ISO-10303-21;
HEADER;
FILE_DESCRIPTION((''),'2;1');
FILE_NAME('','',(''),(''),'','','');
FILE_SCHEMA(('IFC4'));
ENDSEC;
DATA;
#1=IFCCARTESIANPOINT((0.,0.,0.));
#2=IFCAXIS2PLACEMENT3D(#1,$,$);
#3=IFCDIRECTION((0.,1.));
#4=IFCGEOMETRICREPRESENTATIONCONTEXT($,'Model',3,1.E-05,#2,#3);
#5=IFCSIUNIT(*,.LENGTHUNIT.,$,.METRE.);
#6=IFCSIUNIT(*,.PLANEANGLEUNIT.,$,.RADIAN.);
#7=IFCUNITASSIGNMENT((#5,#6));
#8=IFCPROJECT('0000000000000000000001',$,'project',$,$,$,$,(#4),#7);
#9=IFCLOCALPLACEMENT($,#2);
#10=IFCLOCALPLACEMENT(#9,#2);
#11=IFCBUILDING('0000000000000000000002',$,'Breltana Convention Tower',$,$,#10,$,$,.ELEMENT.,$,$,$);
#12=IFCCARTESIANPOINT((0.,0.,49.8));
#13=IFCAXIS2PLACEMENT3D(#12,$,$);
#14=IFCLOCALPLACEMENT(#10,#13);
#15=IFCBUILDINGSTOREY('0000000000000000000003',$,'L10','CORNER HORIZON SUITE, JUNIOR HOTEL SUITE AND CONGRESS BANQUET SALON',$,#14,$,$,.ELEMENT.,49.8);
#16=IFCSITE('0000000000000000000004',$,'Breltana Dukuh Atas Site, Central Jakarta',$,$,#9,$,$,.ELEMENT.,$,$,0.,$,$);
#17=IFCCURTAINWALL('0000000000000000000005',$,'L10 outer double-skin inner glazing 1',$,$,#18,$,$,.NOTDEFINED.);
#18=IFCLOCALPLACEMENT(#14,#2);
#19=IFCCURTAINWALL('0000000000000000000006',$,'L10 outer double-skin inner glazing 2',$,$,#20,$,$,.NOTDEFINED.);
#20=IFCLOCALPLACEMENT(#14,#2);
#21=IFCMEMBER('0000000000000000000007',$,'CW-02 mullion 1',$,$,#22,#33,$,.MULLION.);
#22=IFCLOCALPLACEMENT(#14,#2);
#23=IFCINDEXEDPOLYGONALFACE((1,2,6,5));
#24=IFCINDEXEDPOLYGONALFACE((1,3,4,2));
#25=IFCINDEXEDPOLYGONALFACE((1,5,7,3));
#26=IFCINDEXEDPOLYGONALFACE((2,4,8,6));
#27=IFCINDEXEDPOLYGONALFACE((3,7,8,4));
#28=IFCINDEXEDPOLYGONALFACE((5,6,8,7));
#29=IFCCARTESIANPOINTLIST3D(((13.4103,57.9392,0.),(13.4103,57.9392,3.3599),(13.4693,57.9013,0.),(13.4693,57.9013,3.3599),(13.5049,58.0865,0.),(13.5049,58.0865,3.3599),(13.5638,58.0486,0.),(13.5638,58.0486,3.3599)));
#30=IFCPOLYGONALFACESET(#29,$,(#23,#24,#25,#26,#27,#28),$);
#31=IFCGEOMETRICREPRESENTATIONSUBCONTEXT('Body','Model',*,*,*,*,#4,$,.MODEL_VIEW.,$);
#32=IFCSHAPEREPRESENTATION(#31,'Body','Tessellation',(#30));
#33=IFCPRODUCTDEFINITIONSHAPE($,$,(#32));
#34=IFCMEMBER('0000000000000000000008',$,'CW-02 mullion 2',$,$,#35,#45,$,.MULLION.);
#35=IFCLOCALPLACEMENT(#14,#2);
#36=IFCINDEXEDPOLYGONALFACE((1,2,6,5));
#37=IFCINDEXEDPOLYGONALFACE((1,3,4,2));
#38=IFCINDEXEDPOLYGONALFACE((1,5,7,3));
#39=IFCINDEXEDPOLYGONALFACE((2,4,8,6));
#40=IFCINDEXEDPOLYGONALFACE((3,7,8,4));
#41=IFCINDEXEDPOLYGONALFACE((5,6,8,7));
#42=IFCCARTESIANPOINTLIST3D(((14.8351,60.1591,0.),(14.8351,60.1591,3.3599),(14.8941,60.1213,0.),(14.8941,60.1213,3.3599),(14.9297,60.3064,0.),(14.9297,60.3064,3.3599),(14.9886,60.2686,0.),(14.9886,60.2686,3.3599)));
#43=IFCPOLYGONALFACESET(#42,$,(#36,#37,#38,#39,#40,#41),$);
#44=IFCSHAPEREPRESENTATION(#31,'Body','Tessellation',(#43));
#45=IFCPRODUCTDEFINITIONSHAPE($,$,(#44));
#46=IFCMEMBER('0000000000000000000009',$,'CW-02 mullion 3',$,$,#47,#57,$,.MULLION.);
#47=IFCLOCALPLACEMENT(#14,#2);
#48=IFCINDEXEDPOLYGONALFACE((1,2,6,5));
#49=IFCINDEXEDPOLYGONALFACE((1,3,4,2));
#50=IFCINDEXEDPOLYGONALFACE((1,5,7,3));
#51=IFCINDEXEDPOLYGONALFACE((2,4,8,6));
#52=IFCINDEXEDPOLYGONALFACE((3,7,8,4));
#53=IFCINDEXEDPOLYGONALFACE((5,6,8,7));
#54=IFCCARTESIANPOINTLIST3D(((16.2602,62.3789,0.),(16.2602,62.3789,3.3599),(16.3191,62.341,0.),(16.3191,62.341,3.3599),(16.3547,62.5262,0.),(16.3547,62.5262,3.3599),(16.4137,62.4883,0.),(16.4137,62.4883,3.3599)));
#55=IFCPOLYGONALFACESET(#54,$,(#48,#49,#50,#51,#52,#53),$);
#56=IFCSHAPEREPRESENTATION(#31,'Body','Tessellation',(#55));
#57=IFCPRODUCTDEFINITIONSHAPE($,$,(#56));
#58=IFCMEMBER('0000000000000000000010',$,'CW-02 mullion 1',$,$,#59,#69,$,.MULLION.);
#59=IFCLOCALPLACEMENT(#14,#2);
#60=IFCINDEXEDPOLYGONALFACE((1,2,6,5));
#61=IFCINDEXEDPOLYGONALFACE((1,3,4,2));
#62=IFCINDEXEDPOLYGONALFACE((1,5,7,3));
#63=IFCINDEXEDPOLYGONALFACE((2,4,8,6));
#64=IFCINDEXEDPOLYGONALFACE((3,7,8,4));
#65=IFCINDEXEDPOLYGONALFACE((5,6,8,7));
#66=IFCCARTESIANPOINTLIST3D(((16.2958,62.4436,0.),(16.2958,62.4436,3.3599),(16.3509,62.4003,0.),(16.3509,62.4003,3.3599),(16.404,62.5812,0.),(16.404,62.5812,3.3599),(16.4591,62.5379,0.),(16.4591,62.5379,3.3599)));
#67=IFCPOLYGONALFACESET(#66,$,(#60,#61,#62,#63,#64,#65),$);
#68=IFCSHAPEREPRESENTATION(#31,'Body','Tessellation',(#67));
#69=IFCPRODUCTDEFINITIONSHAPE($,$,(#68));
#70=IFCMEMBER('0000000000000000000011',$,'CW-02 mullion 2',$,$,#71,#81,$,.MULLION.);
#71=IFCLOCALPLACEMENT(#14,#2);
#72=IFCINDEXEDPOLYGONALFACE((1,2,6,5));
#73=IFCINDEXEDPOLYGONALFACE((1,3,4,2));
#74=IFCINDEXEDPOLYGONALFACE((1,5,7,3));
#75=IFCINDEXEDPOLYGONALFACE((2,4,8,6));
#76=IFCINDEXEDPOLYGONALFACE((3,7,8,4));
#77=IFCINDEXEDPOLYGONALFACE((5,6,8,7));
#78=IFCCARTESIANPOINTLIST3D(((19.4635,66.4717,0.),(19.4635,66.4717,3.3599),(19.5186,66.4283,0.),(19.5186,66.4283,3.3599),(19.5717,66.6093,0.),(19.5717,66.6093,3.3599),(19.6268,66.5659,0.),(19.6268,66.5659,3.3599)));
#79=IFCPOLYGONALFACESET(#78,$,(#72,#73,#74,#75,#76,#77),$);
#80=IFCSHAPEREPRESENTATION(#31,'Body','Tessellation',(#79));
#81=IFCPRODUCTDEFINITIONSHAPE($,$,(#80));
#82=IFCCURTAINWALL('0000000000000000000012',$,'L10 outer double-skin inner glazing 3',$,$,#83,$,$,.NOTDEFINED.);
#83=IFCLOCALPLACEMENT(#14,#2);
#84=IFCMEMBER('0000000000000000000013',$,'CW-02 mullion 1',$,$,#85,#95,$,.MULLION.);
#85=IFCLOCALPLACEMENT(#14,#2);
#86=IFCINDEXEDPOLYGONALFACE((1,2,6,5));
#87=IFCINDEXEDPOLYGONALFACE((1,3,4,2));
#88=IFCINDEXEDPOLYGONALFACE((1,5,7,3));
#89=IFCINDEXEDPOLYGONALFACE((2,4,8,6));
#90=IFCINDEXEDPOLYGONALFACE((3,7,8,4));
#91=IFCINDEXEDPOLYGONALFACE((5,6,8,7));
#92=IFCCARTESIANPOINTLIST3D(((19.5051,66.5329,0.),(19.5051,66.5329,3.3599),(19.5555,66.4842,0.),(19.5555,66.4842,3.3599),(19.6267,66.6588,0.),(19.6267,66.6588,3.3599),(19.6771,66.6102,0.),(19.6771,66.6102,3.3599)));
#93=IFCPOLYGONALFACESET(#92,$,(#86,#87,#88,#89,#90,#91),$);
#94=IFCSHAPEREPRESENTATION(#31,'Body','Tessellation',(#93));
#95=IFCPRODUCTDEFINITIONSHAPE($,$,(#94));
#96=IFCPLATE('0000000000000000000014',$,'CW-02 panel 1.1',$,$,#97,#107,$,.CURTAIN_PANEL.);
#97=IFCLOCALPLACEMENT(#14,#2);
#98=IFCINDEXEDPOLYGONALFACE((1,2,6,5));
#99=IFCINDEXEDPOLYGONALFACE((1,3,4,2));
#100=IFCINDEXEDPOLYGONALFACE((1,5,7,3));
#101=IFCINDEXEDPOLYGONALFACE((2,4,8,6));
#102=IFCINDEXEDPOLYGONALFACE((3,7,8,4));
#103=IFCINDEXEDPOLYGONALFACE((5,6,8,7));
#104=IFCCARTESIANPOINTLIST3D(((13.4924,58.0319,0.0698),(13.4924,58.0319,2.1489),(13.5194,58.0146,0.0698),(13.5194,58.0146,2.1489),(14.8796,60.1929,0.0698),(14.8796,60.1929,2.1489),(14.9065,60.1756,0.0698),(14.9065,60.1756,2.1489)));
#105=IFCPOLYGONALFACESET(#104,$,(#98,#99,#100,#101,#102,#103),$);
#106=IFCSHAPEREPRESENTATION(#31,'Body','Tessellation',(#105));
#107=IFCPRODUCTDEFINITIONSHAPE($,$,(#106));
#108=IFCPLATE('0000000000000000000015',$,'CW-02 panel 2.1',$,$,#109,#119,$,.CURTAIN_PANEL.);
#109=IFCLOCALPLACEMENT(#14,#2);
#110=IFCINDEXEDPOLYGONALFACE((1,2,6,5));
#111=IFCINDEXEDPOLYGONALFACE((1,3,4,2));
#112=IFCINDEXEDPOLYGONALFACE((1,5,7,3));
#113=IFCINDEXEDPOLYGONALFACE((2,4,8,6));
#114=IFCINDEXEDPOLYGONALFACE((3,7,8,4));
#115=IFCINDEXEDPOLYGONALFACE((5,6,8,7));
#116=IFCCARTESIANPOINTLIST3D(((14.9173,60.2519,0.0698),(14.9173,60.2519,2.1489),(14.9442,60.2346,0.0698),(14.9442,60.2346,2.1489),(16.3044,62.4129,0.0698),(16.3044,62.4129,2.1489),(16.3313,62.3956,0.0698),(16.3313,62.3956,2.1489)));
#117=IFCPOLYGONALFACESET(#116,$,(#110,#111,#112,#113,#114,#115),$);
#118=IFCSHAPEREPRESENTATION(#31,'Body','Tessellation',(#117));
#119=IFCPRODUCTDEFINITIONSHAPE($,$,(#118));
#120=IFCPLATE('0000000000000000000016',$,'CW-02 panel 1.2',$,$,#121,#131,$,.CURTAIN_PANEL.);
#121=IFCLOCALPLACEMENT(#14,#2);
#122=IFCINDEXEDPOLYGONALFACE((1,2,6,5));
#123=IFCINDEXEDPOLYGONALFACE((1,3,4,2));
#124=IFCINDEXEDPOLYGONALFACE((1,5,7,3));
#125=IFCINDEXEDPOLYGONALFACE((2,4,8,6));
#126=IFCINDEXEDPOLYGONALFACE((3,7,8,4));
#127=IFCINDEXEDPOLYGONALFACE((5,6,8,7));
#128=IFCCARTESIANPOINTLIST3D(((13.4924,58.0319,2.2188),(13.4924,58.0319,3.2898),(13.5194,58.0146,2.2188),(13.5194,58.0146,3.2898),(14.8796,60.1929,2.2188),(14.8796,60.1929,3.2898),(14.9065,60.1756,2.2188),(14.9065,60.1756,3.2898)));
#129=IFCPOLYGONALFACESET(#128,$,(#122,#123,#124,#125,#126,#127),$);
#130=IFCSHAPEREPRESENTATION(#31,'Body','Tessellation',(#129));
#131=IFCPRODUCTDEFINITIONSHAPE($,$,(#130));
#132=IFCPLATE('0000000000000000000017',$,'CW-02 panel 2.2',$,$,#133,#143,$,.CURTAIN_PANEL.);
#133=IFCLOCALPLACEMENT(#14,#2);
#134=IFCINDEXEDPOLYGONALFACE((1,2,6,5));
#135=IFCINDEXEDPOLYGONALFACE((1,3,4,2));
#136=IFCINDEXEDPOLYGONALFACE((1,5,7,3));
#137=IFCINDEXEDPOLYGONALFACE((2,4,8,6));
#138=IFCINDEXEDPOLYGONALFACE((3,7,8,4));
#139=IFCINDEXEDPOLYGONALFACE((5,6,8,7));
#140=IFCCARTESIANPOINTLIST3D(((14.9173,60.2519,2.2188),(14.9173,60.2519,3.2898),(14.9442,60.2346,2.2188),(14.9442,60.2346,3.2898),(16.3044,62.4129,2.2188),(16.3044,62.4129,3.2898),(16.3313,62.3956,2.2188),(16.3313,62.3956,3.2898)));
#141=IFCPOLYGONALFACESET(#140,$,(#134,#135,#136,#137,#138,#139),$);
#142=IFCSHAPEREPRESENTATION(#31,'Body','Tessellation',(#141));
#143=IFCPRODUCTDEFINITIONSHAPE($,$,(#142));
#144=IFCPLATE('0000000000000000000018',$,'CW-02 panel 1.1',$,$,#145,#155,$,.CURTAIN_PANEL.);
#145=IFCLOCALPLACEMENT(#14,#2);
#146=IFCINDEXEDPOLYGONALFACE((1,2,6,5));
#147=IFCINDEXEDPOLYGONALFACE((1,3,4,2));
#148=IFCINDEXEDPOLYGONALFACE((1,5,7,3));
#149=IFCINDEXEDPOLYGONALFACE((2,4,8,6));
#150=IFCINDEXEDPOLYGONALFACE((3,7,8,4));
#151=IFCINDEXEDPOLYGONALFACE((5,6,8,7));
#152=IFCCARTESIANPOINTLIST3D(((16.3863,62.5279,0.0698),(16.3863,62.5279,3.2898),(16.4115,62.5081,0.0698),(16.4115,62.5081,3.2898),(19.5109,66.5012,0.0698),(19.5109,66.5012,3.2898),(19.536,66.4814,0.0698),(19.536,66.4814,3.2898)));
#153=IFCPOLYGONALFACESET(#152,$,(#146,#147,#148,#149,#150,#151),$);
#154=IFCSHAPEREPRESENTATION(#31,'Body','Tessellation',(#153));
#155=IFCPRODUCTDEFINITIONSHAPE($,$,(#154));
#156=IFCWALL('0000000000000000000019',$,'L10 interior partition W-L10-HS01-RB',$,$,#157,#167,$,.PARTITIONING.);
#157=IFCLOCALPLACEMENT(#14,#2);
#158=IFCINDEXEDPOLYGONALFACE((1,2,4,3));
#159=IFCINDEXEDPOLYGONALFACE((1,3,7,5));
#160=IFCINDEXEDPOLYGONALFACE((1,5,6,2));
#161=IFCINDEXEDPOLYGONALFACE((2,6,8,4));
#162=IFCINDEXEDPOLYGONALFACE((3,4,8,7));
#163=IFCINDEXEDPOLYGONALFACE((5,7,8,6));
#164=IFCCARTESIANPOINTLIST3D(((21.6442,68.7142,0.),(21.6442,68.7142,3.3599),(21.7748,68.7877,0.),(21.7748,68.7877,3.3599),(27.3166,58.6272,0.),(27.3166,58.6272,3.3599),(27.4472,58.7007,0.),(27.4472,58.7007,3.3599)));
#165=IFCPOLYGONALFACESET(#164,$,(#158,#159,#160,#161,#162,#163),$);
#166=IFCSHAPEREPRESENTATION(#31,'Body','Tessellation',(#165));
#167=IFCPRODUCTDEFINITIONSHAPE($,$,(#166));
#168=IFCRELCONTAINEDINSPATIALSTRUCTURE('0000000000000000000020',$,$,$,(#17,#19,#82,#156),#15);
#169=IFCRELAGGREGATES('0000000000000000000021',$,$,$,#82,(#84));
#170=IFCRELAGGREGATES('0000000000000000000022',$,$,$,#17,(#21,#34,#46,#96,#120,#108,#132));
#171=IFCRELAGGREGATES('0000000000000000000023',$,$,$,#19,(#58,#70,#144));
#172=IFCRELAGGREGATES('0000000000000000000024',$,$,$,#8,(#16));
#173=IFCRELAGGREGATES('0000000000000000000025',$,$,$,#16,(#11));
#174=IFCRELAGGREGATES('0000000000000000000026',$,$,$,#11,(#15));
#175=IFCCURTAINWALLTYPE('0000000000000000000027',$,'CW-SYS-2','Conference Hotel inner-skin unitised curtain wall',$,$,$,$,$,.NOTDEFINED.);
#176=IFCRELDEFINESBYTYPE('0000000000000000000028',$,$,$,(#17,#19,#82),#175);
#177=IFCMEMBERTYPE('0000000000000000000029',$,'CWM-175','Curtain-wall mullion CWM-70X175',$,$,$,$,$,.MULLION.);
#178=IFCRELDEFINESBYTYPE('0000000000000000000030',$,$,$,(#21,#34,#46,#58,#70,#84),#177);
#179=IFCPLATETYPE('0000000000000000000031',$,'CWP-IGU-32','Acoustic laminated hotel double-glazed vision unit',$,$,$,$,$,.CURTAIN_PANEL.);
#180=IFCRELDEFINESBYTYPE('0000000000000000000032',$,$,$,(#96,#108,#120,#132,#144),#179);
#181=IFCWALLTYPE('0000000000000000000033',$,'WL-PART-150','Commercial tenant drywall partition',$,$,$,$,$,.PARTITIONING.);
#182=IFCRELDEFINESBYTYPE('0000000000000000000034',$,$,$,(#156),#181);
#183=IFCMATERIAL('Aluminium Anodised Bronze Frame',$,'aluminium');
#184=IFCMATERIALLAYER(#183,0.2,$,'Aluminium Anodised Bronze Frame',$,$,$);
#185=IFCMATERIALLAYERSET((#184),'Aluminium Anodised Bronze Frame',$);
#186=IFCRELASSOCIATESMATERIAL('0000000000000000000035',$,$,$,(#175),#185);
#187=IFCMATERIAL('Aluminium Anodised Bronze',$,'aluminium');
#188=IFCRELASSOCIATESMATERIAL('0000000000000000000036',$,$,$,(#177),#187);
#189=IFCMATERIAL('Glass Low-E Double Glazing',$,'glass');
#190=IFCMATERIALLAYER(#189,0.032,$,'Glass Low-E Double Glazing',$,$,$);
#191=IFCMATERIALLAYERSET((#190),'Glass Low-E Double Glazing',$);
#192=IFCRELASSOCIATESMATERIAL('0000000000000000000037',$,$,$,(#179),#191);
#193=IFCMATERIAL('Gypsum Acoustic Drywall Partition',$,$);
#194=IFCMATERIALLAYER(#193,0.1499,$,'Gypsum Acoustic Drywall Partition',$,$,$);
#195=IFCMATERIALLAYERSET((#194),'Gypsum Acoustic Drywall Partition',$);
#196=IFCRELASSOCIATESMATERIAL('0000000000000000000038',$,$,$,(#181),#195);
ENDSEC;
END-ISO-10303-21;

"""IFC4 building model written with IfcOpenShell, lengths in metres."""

from ifc_helpers import new_model, si_unit, direction, frame, frame_2d, origin, origin_2d, place, context, subcontext, project, spatial, rectangle, extrude, source, transform, mapped, material, layer, layer_set, material_profile, profile_set, type_object, type_shapes, element, aggregate, save


model = new_model("IFC4")

# Units and contexts
model_context = context("Model", 3, precision=1e-05, world=origin(), true_north=direction((0.0, 1.0)))
body_context = subcontext(model_context, "Body", "Model", "MODEL_VIEW")
ifc_project = project(units=[si_unit("LENGTHUNIT", "METRE"), si_unit("PLANEANGLEUNIT", "RADIAN")], contexts=[model_context])

# Site, building, storey
site_placement = place(None, origin())
site = spatial("IfcSite", under=ifc_project, at=site_placement, Name="Breltana Dukuh Atas Site, Central Jakarta", CompositionType="ELEMENT", RefElevation=0.0)
building_placement = place(site_placement, origin())
building = spatial("IfcBuilding", under=site, at=building_placement, Name="Breltana Convention Tower", CompositionType="ELEMENT")
storey_placement = place(building_placement, frame((0.0, 0.0, 49.8)))
storey = spatial("IfcBuildingStorey", under=building, at=storey_placement, Name="L10", Description="CORNER HORIZON SUITE, JUNIOR HOTEL SUITE AND CONGRESS BANQUET SALON", CompositionType="ELEMENT", Elevation=49.8)

# Curtain walls
ifc_material_1 = material(Name="Aluminium Anodised Bronze Frame", Category="aluminium")
ifc_layer_1 = layer(ifc_material_1, 0.2, Name="Aluminium Anodised Bronze Frame")
ifc_layer_set_1 = layer_set([ifc_layer_1], Name="Aluminium Anodised Bronze Frame")
curtain_wall_type = type_object("IfcCurtainWallType", Name="CW-SYS-2", Description="Conference Hotel inner-skin unitised curtain wall", PredefinedType="NOTDEFINED", material=ifc_layer_set_1)
curtain_wall_1_placement = place(storey_placement, origin())
curtain_wall_1 = element("IfcCurtainWall", 1, at=curtain_wall_1_placement, inside=storey, type_object=curtain_wall_type, Name="L10 outer double-skin inner glazing 1", PredefinedType="NOTDEFINED")
ifc_material_2 = material(Name="Aluminium Anodised Bronze", Category="aluminium")
curtain_wall_2_placement = place(storey_placement, origin())
curtain_wall_2 = element("IfcCurtainWall", 2, at=curtain_wall_2_placement, inside=storey, type_object=curtain_wall_type, Name="L10 outer double-skin inner glazing 2", PredefinedType="NOTDEFINED")

# Members
ifc_material_profile_1 = material_profile(ifc_material_2, rectangle(XDim=0.0701, YDim=0.175, at=origin_2d()), Name="CWM-70X175")
ifc_profile_set_1 = profile_set([ifc_material_profile_1], Name="Aluminium Anodised Bronze")
member_type_1 = type_object("IfcMemberType", Name="CWM-175", Description="Curtain-wall mullion CWM-70X175", PredefinedType="MULLION", material=ifc_profile_set_1)
shared_shape_1 = source(origin(), body_context, "Body", "SweptSolid", [
    extrude(rectangle(XDim=0.0701, YDim=0.175, at=origin_2d()), origin(), (0.0, 0.0, 1.0), 3.3599),
])
member_1_placement = place(storey_placement, frame((13.4871, 57.9939, 0.0), z_axis=(0.0, 0.0, 1.0), x_axis=(-0.841549, 0.540181, 0.0)))
member_1 = element("IfcMember", 3, at=member_1_placement, type_object=member_type_1, Name="CW-02 mullion 1", PredefinedType="MULLION", context=body_context, shape_type="MappedRepresentation", body=[
    mapped(shared_shape_1, transform((0.0, 0.0, 0.0), scale=1.0)),
])
member_2_placement = place(storey_placement, frame((14.9119, 60.2139, 0.0), z_axis=(0.0, 0.0, 1.0), x_axis=(-0.841549, 0.540181, 0.0)))
member_2 = element("IfcMember", 4, at=member_2_placement, type_object=member_type_1, Name="CW-02 mullion 2", PredefinedType="MULLION", context=body_context, shape_type="MappedRepresentation", body=[
    mapped(shared_shape_1, transform((0.0, 0.0, 0.0), scale=1.0)),
])
member_3_placement = place(storey_placement, frame((16.3369, 62.4336, 0.0), z_axis=(0.0, 0.0, 1.0), x_axis=(-0.841549, 0.540181, 0.0)))
member_3 = element("IfcMember", 5, at=member_3_placement, type_object=member_type_1, Name="CW-02 mullion 3", PredefinedType="MULLION", context=body_context, shape_type="MappedRepresentation", body=[
    mapped(shared_shape_1, transform((0.0, 0.0, 0.0), scale=1.0)),
])
member_4_placement = place(storey_placement, frame((16.3774, 62.4907, 0.0), z_axis=(0.0, 0.0, 1.0), x_axis=(-0.786057, 0.618154, 0.0)))
member_4 = element("IfcMember", 6, at=member_4_placement, type_object=member_type_1, Name="CW-02 mullion 1", PredefinedType="MULLION", context=body_context, shape_type="MappedRepresentation", body=[
    mapped(shared_shape_1, transform((0.0, 0.0, 0.0), scale=1.0)),
])
member_5_placement = place(storey_placement, frame((19.5452, 66.5188, 0.0), z_axis=(0.0, 0.0, 1.0), x_axis=(-0.786057, 0.618154, 0.0)))
member_5 = element("IfcMember", 7, at=member_5_placement, type_object=member_type_1, Name="CW-02 mullion 2", PredefinedType="MULLION", context=body_context, shape_type="MappedRepresentation", body=[
    mapped(shared_shape_1, transform((0.0, 0.0, 0.0), scale=1.0)),
])

# Curtain wall, member
curtain_wall_3_placement = place(storey_placement, origin())
curtain_wall_3 = element("IfcCurtainWall", 8, at=curtain_wall_3_placement, inside=storey, type_object=curtain_wall_type, Name="L10 outer double-skin inner glazing 3", PredefinedType="NOTDEFINED")
member_6_placement = place(storey_placement, frame((19.5911, 66.5715, 0.0), z_axis=(0.0, 0.0, 1.0), x_axis=(-0.719386, 0.69461, 0.0)))
member_6 = element("IfcMember", 9, at=member_6_placement, type_object=member_type_1, Name="CW-02 mullion 1", PredefinedType="MULLION", context=body_context, shape_type="MappedRepresentation", body=[
    mapped(shared_shape_1, transform((0.0, 0.0, 0.0), scale=1.0)),
])
aggregate(curtain_wall_3, [member_6])

# Plates
ifc_material_3 = material(Name="Glass Low-E Double Glazing", Category="glass")
ifc_layer_2 = layer(ifc_material_3, 0.032, Name="Glass Low-E Double Glazing")
ifc_layer_set_2 = layer_set([ifc_layer_2], Name="Glass Low-E Double Glazing")
plate_type = type_object("IfcPlateType", Name="CWP-IGU-32", Description="Acoustic laminated hotel double-glazed vision unit", PredefinedType="CURTAIN_PANEL", material=ifc_layer_set_2)
shared_shape_2 = source(origin(), body_context, "Body", "SweptSolid", [
    extrude(rectangle(XDim=2.5679, YDim=0.032, at=origin_2d()), origin(), (0.0, 0.0, 1.0), 2.0791),
])
type_shapes(plate_type, [shared_shape_2])
plate_1_placement = place(storey_placement, frame((14.1995, 59.1038, 0.0698), z_axis=(0.0, 0.0, 1.0), x_axis=(0.540181, 0.841549, 0.0)))
plate_1 = element("IfcPlate", 10, at=plate_1_placement, type_object=plate_type, Name="CW-02 panel 1.1", PredefinedType="CURTAIN_PANEL", context=body_context, shape_type="MappedRepresentation", body=[
    mapped(shared_shape_2, transform((0.0, 0.0, 0.0), scale=1.0)),
])
plate_2_placement = place(storey_placement, frame((15.6243, 61.3237, 0.0698), z_axis=(0.0, 0.0, 1.0), x_axis=(0.540181, 0.841549, 0.0)))
plate_2 = element("IfcPlate", 11, at=plate_2_placement, type_object=plate_type, Name="CW-02 panel 2.1", PredefinedType="CURTAIN_PANEL", context=body_context, shape_type="MappedRepresentation", body=[
    mapped(shared_shape_2, transform((0.0, 0.0, 0.0), scale=1.0)),
])
shared_shape_3 = source(origin(), body_context, "Body", "SweptSolid", [
    extrude(rectangle(XDim=2.5679, YDim=0.032, at=origin_2d()), origin(), (0.0, 0.0, 1.0), 1.071),
])
plate_3_placement = place(storey_placement, frame((14.1995, 59.1038, 2.2188), z_axis=(0.0, 0.0, 1.0), x_axis=(0.540181, 0.841549, 0.0)))
plate_3 = element("IfcPlate", 12, at=plate_3_placement, type_object=plate_type, Name="CW-02 panel 1.2", PredefinedType="CURTAIN_PANEL", context=body_context, shape_type="MappedRepresentation", body=[
    mapped(shared_shape_3, transform((0.0, 0.0, 0.0), scale=1.0)),
])
plate_4_placement = place(storey_placement, frame((15.6243, 61.3237, 2.2188), z_axis=(0.0, 0.0, 1.0), x_axis=(0.540181, 0.841549, 0.0)))
plate_4 = element("IfcPlate", 13, at=plate_4_placement, type_object=plate_type, Name="CW-02 panel 2.2", PredefinedType="CURTAIN_PANEL", context=body_context, shape_type="MappedRepresentation", body=[
    mapped(shared_shape_3, transform((0.0, 0.0, 0.0), scale=1.0)),
])
aggregate(curtain_wall_1, [member_1, member_2, member_3, plate_1, plate_3, plate_2, plate_4])
shared_shape_4 = source(origin(), body_context, "Body", "SweptSolid", [
    extrude(rectangle(XDim=5.0547, YDim=0.032, at=origin_2d()), origin(), (0.0, 0.0, 1.0), 3.22),
])
plate_5_placement = place(storey_placement, frame((17.9612, 64.5046, 0.0698), z_axis=(0.0, 0.0, 1.0), x_axis=(0.618154, 0.786057, 0.0)))
plate_5 = element("IfcPlate", 14, at=plate_5_placement, type_object=plate_type, Name="CW-02 panel 1.1", PredefinedType="CURTAIN_PANEL", context=body_context, shape_type="MappedRepresentation", body=[
    mapped(shared_shape_4, transform((0.0, 0.0, 0.0), scale=1.0)),
])
aggregate(curtain_wall_2, [member_4, member_5, plate_5])

# Wall
ifc_material_4 = material(Name="Gypsum Acoustic Drywall Partition")
ifc_layer_3 = layer(ifc_material_4, 0.1499, Name="Gypsum Acoustic Drywall Partition")
ifc_layer_set_3 = layer_set([ifc_layer_3], Name="Gypsum Acoustic Drywall Partition")
wall_type_1 = type_object("IfcWallType", Name="WL-PART-150", Description="Commercial tenant drywall partition", PredefinedType="PARTITIONING", material=ifc_layer_set_3)
shared_shape_5 = source(origin(), body_context, "Body", "SweptSolid", [
    extrude(rectangle(XDim=11.5725, YDim=0.1499, at=frame_2d((5.7861, 0.0))), origin(), (0.0, 0.0, 1.0), 3.3599),
])
wall_1_placement = place(storey_placement, frame((27.3818, 58.6641, 0.0), z_axis=(0.0, 0.0, 1.0), x_axis=(-0.490161, 0.871632, 0.0)))
element("IfcWall", 15, at=wall_1_placement, inside=storey, type_object=wall_type_1, Name="L10 interior partition W-L10-HS01-RB", PredefinedType="PARTITIONING", context=body_context, shape_type="MappedRepresentation", body=[
    mapped(shared_shape_5, transform((0.0, 0.0, 0.0), scale=1.0)),
])

save(model, "model.ifc")
